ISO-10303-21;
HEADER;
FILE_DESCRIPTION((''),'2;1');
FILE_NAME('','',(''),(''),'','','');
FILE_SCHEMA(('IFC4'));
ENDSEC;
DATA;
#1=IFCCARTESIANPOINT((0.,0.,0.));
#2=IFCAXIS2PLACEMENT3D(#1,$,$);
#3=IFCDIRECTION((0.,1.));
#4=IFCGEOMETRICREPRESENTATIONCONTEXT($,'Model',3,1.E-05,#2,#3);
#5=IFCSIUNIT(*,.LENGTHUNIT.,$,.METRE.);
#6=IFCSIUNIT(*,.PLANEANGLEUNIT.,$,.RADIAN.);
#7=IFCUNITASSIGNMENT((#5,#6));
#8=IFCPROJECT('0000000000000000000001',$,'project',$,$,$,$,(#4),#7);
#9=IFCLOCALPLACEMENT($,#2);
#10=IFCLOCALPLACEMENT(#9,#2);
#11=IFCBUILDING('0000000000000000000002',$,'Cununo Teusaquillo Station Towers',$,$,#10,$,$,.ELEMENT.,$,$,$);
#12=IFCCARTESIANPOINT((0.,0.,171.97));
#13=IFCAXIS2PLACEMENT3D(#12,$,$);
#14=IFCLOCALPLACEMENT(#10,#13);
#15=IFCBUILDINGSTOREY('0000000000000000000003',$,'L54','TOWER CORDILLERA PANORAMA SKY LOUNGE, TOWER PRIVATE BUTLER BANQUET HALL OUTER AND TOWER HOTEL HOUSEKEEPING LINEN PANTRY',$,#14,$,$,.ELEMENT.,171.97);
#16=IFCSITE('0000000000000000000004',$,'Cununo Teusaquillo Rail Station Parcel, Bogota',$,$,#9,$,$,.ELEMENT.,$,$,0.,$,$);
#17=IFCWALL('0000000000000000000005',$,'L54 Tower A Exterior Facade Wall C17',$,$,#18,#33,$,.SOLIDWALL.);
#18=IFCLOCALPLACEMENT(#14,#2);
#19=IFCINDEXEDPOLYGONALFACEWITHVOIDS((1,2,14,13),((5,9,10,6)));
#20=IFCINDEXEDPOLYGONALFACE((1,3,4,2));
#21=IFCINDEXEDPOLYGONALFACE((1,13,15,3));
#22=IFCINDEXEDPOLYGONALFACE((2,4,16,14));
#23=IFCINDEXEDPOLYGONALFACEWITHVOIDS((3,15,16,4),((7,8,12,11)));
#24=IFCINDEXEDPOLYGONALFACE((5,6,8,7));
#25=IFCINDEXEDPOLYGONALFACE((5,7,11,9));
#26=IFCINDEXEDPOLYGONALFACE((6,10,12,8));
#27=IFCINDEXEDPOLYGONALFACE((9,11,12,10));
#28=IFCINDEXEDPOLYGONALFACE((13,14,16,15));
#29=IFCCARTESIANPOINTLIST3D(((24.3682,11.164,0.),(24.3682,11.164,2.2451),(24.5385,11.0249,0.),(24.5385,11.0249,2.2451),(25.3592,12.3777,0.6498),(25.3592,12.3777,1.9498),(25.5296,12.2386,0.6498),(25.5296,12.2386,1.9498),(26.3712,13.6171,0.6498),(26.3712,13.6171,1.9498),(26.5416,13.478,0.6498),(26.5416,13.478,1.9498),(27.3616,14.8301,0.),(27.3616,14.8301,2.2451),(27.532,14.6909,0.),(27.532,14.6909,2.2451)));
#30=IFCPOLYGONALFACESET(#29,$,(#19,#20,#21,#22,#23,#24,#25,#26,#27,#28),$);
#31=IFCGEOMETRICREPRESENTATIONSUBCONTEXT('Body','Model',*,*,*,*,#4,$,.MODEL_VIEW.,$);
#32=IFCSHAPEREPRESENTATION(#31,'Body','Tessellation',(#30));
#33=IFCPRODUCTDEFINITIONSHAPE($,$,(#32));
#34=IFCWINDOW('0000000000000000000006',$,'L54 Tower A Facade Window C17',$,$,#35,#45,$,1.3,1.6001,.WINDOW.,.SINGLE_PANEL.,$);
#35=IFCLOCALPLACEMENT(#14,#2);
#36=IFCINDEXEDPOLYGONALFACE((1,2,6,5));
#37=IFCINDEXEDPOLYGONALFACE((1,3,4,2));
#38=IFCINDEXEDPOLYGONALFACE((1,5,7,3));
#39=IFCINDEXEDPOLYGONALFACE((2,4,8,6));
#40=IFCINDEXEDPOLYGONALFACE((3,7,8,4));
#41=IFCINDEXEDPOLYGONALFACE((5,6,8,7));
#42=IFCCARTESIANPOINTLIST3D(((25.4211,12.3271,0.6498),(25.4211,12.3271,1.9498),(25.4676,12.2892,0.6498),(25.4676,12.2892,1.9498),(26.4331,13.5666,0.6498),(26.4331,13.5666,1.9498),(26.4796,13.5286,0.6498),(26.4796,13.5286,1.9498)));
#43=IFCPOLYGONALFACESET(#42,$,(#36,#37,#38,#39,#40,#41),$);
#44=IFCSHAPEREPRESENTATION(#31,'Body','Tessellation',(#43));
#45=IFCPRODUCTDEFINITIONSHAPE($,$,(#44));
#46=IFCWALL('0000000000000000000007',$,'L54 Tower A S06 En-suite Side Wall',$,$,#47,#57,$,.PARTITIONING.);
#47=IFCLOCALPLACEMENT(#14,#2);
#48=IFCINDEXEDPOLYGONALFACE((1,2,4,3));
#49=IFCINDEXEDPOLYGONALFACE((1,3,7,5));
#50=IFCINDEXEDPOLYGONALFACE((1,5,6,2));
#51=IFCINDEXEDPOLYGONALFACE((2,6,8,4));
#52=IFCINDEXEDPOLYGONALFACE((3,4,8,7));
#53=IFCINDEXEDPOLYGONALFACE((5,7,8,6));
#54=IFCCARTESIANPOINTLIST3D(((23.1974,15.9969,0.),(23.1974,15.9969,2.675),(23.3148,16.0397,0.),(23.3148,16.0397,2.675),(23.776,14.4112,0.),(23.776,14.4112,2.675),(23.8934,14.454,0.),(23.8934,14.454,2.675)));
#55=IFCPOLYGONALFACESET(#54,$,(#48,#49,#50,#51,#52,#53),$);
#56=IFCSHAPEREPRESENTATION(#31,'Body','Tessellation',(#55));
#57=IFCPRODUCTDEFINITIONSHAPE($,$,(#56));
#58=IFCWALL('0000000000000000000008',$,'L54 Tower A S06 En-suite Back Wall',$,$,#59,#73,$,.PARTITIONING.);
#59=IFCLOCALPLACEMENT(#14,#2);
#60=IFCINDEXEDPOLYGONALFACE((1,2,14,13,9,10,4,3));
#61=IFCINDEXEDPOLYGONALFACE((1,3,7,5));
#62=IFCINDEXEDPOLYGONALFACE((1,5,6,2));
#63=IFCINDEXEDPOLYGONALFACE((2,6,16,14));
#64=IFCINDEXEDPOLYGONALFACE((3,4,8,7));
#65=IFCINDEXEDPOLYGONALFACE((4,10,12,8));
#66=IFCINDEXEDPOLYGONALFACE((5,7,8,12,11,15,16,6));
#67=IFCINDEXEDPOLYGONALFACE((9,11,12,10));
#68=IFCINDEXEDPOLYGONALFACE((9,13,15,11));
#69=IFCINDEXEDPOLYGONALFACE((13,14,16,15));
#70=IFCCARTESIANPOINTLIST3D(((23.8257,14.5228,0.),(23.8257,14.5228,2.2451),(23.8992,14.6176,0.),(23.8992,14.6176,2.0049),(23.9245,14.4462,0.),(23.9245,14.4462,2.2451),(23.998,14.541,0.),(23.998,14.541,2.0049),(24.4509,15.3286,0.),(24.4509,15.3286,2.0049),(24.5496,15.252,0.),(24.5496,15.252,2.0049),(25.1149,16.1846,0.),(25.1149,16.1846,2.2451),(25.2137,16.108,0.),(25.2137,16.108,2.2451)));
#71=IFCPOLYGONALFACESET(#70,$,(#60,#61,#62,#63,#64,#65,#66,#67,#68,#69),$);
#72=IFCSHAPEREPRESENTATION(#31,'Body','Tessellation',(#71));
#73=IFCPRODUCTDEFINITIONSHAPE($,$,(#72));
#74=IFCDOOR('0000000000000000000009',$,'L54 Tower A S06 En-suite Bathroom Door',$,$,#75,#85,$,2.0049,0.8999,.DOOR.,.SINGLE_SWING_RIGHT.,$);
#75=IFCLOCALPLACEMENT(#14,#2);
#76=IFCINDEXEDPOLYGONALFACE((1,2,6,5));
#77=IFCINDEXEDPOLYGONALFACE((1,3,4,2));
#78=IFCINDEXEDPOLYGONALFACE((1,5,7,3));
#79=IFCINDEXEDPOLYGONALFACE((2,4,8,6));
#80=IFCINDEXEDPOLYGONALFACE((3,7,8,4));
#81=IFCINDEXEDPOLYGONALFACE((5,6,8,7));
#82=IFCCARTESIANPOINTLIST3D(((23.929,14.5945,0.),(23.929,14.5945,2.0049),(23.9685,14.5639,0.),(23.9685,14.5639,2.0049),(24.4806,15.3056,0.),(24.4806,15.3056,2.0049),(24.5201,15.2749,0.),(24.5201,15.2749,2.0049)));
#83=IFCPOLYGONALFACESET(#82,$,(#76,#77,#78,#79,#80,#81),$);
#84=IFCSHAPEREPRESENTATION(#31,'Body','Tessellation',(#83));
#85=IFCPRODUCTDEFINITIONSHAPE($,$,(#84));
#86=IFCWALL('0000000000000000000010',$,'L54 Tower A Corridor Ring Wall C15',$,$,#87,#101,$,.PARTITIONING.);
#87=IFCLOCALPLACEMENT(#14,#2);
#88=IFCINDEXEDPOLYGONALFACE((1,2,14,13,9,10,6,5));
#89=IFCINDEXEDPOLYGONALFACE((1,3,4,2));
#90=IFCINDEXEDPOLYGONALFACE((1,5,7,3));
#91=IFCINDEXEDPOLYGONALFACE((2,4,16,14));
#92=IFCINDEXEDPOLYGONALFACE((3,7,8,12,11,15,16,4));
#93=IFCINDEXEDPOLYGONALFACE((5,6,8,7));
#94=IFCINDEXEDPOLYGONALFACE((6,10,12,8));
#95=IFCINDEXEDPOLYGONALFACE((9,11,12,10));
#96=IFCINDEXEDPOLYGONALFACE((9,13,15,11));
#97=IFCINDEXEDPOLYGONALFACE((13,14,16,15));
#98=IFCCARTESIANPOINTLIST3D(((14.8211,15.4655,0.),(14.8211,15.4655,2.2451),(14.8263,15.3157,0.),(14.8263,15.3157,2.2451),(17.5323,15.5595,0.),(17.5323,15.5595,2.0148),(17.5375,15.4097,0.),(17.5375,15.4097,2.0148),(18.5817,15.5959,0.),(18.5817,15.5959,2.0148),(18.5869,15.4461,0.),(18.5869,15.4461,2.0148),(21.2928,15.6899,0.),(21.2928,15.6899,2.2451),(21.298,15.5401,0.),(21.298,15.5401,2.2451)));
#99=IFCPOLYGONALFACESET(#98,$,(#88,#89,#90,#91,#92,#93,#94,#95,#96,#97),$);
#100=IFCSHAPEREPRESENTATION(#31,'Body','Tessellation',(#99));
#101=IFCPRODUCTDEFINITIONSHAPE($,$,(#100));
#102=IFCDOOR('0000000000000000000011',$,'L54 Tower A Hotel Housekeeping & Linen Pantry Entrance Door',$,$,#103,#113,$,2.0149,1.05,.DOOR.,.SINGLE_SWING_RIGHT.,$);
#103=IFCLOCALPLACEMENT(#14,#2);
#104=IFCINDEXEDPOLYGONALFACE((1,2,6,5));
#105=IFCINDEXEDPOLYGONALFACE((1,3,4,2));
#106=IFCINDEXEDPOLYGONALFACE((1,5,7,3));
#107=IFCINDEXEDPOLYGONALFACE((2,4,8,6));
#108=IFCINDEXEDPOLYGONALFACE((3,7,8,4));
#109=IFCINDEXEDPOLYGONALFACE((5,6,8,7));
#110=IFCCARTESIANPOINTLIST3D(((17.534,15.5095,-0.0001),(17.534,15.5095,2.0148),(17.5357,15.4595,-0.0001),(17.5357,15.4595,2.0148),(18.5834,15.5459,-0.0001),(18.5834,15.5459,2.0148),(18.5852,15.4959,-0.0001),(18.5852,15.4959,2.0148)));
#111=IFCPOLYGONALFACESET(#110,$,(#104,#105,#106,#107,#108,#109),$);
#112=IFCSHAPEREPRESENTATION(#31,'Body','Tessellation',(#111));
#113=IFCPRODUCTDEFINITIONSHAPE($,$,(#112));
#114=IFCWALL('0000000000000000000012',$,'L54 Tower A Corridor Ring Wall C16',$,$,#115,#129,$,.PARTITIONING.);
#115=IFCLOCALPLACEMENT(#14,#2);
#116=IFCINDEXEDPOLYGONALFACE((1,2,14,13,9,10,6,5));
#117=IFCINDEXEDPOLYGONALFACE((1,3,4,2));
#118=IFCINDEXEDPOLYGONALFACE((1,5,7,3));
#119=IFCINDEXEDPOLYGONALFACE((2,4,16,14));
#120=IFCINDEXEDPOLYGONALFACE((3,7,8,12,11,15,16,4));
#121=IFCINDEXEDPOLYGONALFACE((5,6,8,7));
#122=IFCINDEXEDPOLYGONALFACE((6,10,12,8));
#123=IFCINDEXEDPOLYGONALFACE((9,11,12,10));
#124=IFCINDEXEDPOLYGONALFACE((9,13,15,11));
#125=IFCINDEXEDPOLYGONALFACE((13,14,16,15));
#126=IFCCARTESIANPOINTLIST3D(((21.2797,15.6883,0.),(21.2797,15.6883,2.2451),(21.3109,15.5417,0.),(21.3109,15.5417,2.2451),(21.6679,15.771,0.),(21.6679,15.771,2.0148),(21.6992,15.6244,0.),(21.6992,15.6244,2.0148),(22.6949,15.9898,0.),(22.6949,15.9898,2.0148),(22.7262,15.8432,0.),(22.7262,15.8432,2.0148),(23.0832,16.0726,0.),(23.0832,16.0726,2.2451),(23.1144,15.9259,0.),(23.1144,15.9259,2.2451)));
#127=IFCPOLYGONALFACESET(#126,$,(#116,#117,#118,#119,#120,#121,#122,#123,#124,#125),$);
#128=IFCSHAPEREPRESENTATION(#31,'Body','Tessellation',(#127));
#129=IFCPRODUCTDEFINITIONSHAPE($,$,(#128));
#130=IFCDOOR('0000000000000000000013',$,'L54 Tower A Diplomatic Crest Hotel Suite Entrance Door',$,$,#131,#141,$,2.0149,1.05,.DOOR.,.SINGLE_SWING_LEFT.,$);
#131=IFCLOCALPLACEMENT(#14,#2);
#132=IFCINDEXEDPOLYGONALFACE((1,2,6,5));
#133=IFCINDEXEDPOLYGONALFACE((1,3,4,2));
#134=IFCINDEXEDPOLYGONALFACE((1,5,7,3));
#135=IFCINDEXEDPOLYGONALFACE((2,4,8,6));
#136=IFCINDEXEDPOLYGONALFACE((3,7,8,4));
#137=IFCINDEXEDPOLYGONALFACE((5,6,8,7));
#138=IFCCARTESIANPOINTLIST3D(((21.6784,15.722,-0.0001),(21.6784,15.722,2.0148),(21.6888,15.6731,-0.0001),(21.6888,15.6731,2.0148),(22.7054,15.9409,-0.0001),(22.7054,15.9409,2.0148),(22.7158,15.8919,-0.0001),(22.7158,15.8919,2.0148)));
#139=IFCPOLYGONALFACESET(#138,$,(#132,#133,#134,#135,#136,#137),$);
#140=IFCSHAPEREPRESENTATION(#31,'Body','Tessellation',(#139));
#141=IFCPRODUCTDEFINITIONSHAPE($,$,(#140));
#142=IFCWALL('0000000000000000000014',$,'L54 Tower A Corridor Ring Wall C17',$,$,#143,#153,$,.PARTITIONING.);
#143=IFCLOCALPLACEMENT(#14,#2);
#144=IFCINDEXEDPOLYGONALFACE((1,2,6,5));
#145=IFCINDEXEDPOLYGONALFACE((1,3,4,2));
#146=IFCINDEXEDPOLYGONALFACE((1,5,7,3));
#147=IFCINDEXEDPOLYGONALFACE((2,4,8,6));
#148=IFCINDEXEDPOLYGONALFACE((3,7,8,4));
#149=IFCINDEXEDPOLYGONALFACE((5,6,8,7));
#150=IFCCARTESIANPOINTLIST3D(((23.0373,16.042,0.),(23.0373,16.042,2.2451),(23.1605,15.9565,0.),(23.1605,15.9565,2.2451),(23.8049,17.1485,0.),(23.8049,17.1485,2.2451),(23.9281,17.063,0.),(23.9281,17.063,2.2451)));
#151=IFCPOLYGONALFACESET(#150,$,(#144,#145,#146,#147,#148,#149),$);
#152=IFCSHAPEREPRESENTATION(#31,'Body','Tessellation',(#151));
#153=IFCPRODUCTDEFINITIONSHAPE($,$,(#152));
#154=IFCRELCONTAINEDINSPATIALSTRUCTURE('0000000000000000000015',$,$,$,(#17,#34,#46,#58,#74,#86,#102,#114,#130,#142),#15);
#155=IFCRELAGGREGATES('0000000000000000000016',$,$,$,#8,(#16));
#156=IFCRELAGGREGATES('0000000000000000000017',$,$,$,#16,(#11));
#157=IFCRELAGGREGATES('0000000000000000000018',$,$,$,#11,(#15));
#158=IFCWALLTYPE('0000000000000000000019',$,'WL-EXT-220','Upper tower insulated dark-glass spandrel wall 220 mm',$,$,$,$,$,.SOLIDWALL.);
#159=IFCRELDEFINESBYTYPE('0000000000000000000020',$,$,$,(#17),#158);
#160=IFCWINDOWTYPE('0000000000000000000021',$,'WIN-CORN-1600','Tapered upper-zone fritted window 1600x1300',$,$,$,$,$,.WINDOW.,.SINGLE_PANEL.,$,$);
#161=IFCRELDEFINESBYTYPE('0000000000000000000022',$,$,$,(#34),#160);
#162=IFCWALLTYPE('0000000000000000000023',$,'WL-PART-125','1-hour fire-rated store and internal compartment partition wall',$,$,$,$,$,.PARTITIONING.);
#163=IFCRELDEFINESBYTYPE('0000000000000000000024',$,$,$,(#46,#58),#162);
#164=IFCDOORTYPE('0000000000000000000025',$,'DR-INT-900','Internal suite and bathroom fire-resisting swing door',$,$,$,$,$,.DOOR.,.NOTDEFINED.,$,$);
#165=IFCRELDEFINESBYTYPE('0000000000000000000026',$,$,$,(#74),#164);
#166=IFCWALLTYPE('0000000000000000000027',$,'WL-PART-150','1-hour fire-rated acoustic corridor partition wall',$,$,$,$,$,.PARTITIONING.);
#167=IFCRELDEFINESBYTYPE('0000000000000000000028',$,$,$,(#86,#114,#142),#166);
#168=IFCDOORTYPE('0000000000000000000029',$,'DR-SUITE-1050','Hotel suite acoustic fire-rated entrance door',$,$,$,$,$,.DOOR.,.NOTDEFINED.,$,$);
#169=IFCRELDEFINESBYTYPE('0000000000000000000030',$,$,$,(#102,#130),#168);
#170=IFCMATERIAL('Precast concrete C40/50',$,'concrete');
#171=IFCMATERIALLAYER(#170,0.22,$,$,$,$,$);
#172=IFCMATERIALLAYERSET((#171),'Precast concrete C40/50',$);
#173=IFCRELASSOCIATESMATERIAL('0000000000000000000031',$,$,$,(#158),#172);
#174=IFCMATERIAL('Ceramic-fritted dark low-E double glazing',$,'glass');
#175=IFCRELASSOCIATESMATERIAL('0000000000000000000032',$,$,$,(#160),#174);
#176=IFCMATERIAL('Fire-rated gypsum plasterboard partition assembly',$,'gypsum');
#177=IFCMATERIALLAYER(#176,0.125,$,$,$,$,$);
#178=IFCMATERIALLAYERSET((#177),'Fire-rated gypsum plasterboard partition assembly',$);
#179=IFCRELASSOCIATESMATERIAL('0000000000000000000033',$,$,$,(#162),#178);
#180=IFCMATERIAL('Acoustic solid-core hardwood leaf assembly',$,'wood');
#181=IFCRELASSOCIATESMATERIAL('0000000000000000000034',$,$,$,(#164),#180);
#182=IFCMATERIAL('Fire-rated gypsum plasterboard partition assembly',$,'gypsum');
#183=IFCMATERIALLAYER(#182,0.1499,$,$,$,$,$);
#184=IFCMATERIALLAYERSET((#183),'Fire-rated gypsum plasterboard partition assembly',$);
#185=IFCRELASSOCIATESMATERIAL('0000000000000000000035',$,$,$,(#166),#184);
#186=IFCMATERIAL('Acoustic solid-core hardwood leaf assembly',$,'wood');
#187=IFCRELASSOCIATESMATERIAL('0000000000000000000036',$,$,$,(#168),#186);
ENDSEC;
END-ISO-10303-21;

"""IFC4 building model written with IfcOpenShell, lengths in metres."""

from ifc_helpers import new_model, si_unit, direction, frame, frame_2d, origin, place, context, subcontext, project, spatial, rectangle, extrude, source, transform, mapped, material, layer, layer_set, type_object, element, fill, save


model = new_model("IFC4")

# Units and contexts
model_context = context("Model", 3, precision=1e-05, world=origin(), true_north=direction((0.0, 1.0)))
body_context = subcontext(model_context, "Body", "Model", "MODEL_VIEW")
ifc_project = project(units=[si_unit("LENGTHUNIT", "METRE"), si_unit("PLANEANGLEUNIT", "RADIAN")], contexts=[model_context])

# Site, building, storey
site_placement = place(None, origin())
site = spatial("IfcSite", under=ifc_project, at=site_placement, Name="Cununo Teusaquillo Rail Station Parcel, Bogota", CompositionType="ELEMENT", RefElevation=0.0)
building_placement = place(site_placement, origin())
building = spatial("IfcBuilding", under=site, at=building_placement, Name="Cununo Teusaquillo Station Towers", CompositionType="ELEMENT")
storey_placement = place(building_placement, frame((0.0, 0.0, 171.97)))
storey = spatial("IfcBuildingStorey", under=building, at=storey_placement, Name="L54", Description="TOWER CORDILLERA PANORAMA SKY LOUNGE, TOWER PRIVATE BUTLER BANQUET HALL OUTER AND TOWER HOTEL HOUSEKEEPING LINEN PANTRY", CompositionType="ELEMENT", Elevation=171.97)

# Shared definitions
ifc_material_1 = material(Name="Precast concrete C40/50", Category="concrete")
ifc_layer_1 = layer(ifc_material_1, 0.22)
ifc_layer_set_1 = layer_set([ifc_layer_1], Name="Precast concrete C40/50")
wall_type_1 = type_object("IfcWallType", Name="WL-EXT-220", Description="Upper tower insulated dark-glass spandrel wall 220 mm", PredefinedType="SOLIDWALL", material=ifc_layer_set_1)

# Shared definitions
shared_shape_1 = source(origin(), body_context, "Body", "SweptSolid", [
    extrude(rectangle(XDim=1.6001, YDim=1.3, at=frame_2d((0.8, 0.6499))), frame((0.0, 0.1199, 0.0), z_axis=(0.0, -1.0, 0.0), x_axis=(1.0, 0.0, 0.0)), (0.0, 0.0, 1.0), 0.24),
])
ifc_material_2 = material(Name="Ceramic-fritted dark low-E double glazing", Category="glass")
window_type = type_object("IfcWindowType", Name="WIN-CORN-1600", Description="Tapered upper-zone fritted window 1600x1300", PartitioningType="SINGLE_PANEL", PredefinedType="WINDOW", material=ifc_material_2)
shared_shape_2 = source(origin(), body_context, "Body", "SweptSolid", [
    extrude(rectangle(XDim=1.6001, YDim=1.3, at=frame_2d((0.8, 0.6499))), frame((0.0, 0.03, 0.0), z_axis=(0.0, -1.0, 0.0), x_axis=(1.0, 0.0, 0.0)), (0.0, 0.0, 1.0), 0.0601),
])

# Wall, opening, window
wall_1_placement = place(storey_placement, frame((27.4468, 14.7605, 0.0), z_axis=(0.0, 0.0, 1.0), x_axis=(-0.632471, -0.774584, 0.0)))
wall_1 = element("IfcWall", 1, at=wall_1_placement, inside=storey, type_object=wall_type_1, Name="L54 Tower A Exterior Facade Wall C17", PredefinedType="SOLIDWALL", context=body_context, shape_type="SweptSolid", body=[
    extrude(rectangle(XDim=4.7329, YDim=0.22, at=frame_2d((2.3665, 0.0))), origin(), (0.0, 0.0, 1.0), 2.2451),
])
opening_1_placement = place(wall_1_placement, frame((1.5659, 0.0, 0.6499)))
opening_1 = element("IfcOpeningElement", 2, at=opening_1_placement, cuts=wall_1, PredefinedType="OPENING", context=body_context, shape_type="MappedRepresentation", body=[
    mapped(shared_shape_1, transform((0.0, 0.0, 0.0), x_axis=(1.0, 0.0, 0.0), y_axis=(0.0, 1.0, 0.0), z_axis=(0.0, 0.0, 1.0), scale=1.0)),
])
window_1_placement = place(opening_1_placement, origin())
window_1 = element("IfcWindow", 3, at=window_1_placement, inside=storey, type_object=window_type, Name="L54 Tower A Facade Window C17", OverallHeight=1.3, OverallWidth=1.6001, PartitioningType="SINGLE_PANEL", PredefinedType="WINDOW", context=body_context, shape_type="MappedRepresentation", body=[
    mapped(shared_shape_2, transform((0.0, 0.0, 0.0), x_axis=(1.0, 0.0, 0.0), y_axis=(0.0, 1.0, 0.0), z_axis=(0.0, 0.0, 1.0), scale=1.0)),
])
fill(opening_1, window_1)

# Wall
ifc_material_3 = material(Name="Fire-rated gypsum plasterboard partition assembly", Category="gypsum")
ifc_layer_2 = layer(ifc_material_3, 0.125)
ifc_layer_set_2 = layer_set([ifc_layer_2], Name="Fire-rated gypsum plasterboard partition assembly")
wall_type_2 = type_object("IfcWallType", Name="WL-PART-125", Description="1-hour fire-rated store and internal compartment partition wall", PredefinedType="PARTITIONING", material=ifc_layer_set_2)
wall_2_placement = place(storey_placement, frame((23.2561, 16.0183, 0.0), z_axis=(0.0, 0.0, 1.0), x_axis=(0.342788, -0.939413, 0.0)))
element("IfcWall", 4, at=wall_2_placement, inside=storey, type_object=wall_type_2, Name="L54 Tower A S06 En-suite Side Wall", PredefinedType="PARTITIONING", context=body_context, shape_type="SweptSolid", body=[
    extrude(rectangle(XDim=1.688, YDim=0.125, at=frame_2d((0.844, 0.0))), origin(), (0.0, 0.0, 1.0), 2.675),
])

# Walls, openings, doors
wall_3_placement = place(storey_placement, frame((23.875, 14.4844, 0.0), z_axis=(0.0, 0.0, 1.0), x_axis=(0.612976, 0.790102, 0.0)))
wall_3 = element("IfcWall", 5, at=wall_3_placement, inside=storey, type_object=wall_type_2, Name="L54 Tower A S06 En-suite Back Wall", PredefinedType="PARTITIONING", context=body_context, shape_type="SweptSolid", body=[
    extrude(rectangle(XDim=2.1033, YDim=0.125, at=frame_2d((1.0518, 0.0))), origin(), (0.0, 0.0, 1.0), 2.2451),
])
shared_shape_3 = source(origin(), body_context, "Body", "SweptSolid", [
    extrude(rectangle(XDim=0.8999, YDim=2.0049, at=frame_2d((0.45, 1.0024))), frame((0.0, 0.0725, 0.0), z_axis=(0.0, -1.0, 0.0), x_axis=(1.0, 0.0, 0.0)), (0.0, 0.0, 1.0), 0.145),
])
opening_2_placement = place(wall_3_placement, frame((0.1201, 0.0, 0.0)))
opening_2 = element("IfcOpeningElement", 6, at=opening_2_placement, cuts=wall_3, PredefinedType="OPENING", context=body_context, shape_type="MappedRepresentation", body=[
    mapped(shared_shape_3, transform((0.0, 0.0, 0.0), x_axis=(1.0, 0.0, 0.0), y_axis=(0.0, 1.0, 0.0), z_axis=(0.0, 0.0, 1.0), scale=1.0)),
])
ifc_material_4 = material(Name="Acoustic solid-core hardwood leaf assembly", Category="wood")
door_type_1 = type_object("IfcDoorType", Name="DR-INT-900", Description="Internal suite and bathroom fire-resisting swing door", OperationType="NOTDEFINED", PredefinedType="DOOR", material=ifc_material_4)
shared_shape_4 = source(origin(), body_context, "Body", "SweptSolid", [
    extrude(rectangle(XDim=0.8999, YDim=2.0049, at=frame_2d((0.45, 1.0024))), frame((0.0, 0.0249, 0.0), z_axis=(0.0, -1.0, 0.0), x_axis=(1.0, 0.0, 0.0)), (0.0, 0.0, 1.0), 0.05),
])
door_1_placement = place(opening_2_placement, origin())
door_1 = element("IfcDoor", 7, at=door_1_placement, inside=storey, type_object=door_type_1, Name="L54 Tower A S06 En-suite Bathroom Door", OperationType="SINGLE_SWING_RIGHT", OverallHeight=2.0049, OverallWidth=0.8999, PredefinedType="DOOR", context=body_context, shape_type="MappedRepresentation", body=[
    mapped(shared_shape_4, transform((0.0, 0.0, 0.0), x_axis=(1.0, 0.0, 0.0), y_axis=(0.0, 1.0, 0.0), z_axis=(0.0, 0.0, 1.0), scale=1.0)),
])
fill(opening_2, door_1)
ifc_material_5 = material(Name="Fire-rated gypsum plasterboard partition assembly", Category="gypsum")
ifc_layer_3 = layer(ifc_material_5, 0.1499)
ifc_layer_set_3 = layer_set([ifc_layer_3], Name="Fire-rated gypsum plasterboard partition assembly")
wall_type_3 = type_object("IfcWallType", Name="WL-PART-150", Description="1-hour fire-rated acoustic corridor partition wall", PredefinedType="PARTITIONING", material=ifc_layer_set_3)
wall_4_placement = place(storey_placement, frame((14.8237, 15.3906, 0.0), z_axis=(0.0, 0.0, 1.0), x_axis=(0.9994, 0.034648, 0.0)))
wall_4 = element("IfcWall", 8, at=wall_4_placement, inside=storey, type_object=wall_type_3, Name="L54 Tower A Corridor Ring Wall C15", PredefinedType="PARTITIONING", context=body_context, shape_type="SweptSolid", body=[
    extrude(rectangle(XDim=6.4756, YDim=0.1499, at=frame_2d((3.2378, 0.0))), origin(), (0.0, 0.0, 1.0), 2.2451),
])
shared_shape_5 = source(origin(), body_context, "Body", "SweptSolid", [
    extrude(rectangle(XDim=1.05, YDim=2.0149, at=frame_2d((0.5249, 1.0073))), frame((0.0, 0.085, 0.0), z_axis=(0.0, -1.0, 0.0), x_axis=(1.0, 0.0, 0.0)), (0.0, 0.0, 1.0), 0.1699),
])
opening_3_placement = place(wall_4_placement, frame((2.7129, 0.0, 0.0)))
opening_3 = element("IfcOpeningElement", 9, at=opening_3_placement, cuts=wall_4, PredefinedType="OPENING", context=body_context, shape_type="MappedRepresentation", body=[
    mapped(shared_shape_5, transform((0.0, 0.0, 0.0), x_axis=(1.0, 0.0, 0.0), y_axis=(0.0, 1.0, 0.0), z_axis=(0.0, 0.0, 1.0), scale=1.0)),
])
ifc_material_6 = material(Name="Acoustic solid-core hardwood leaf assembly", Category="wood")
door_type_2 = type_object("IfcDoorType", Name="DR-SUITE-1050", Description="Hotel suite acoustic fire-rated entrance door", OperationType="NOTDEFINED", PredefinedType="DOOR", material=ifc_material_6)
shared_shape_6 = source(origin(), body_context, "Body", "SweptSolid", [
    extrude(rectangle(XDim=1.05, YDim=2.0149, at=frame_2d((0.5249, 1.0073))), frame((0.0, 0.0249, 0.0), z_axis=(0.0, -1.0, 0.0), x_axis=(1.0, 0.0, 0.0)), (0.0, 0.0, 1.0), 0.05),
])
door_2_placement = place(opening_3_placement, origin())
door_2 = element("IfcDoor", 10, at=door_2_placement, inside=storey, type_object=door_type_2, Name="L54 Tower A Hotel Housekeeping & Linen Pantry Entrance Door", OperationType="SINGLE_SWING_RIGHT", OverallHeight=2.0149, OverallWidth=1.05, PredefinedType="DOOR", context=body_context, shape_type="MappedRepresentation", body=[
    mapped(shared_shape_6, transform((0.0, 0.0, 0.0), x_axis=(1.0, 0.0, 0.0), y_axis=(0.0, 1.0, 0.0), z_axis=(0.0, 0.0, 1.0), scale=1.0)),
])
fill(opening_3, door_2)
wall_5_placement = place(storey_placement, frame((21.2954, 15.615, 0.0), z_axis=(0.0, 0.0, 1.0), x_axis=(0.978044, 0.208399, 0.0)))
wall_5 = element("IfcWall", 11, at=wall_5_placement, inside=storey, type_object=wall_type_3, Name="L54 Tower A Corridor Ring Wall C16", PredefinedType="PARTITIONING", context=body_context, shape_type="SweptSolid", body=[
    extrude(rectangle(XDim=1.844, YDim=0.1499, at=frame_2d((0.9219, 0.0))), origin(), (0.0, 0.0, 1.0), 2.2451),
])
opening_4_placement = place(wall_5_placement, frame((0.397, 0.0, 0.0)))
opening_4 = element("IfcOpeningElement", 12, at=opening_4_placement, cuts=wall_5, PredefinedType="OPENING", context=body_context, shape_type="MappedRepresentation", body=[
    mapped(shared_shape_5, transform((0.0, 0.0, 0.0), x_axis=(1.0, 0.0, 0.0), y_axis=(0.0, 1.0, 0.0), z_axis=(0.0, 0.0, 1.0), scale=1.0)),
])
door_3_placement = place(opening_4_placement, origin())
door_3 = element("IfcDoor", 13, at=door_3_placement, inside=storey, type_object=door_type_2, Name="L54 Tower A Diplomatic Crest Hotel Suite Entrance Door", OperationType="SINGLE_SWING_LEFT", OverallHeight=2.0149, OverallWidth=1.05, PredefinedType="DOOR", context=body_context, shape_type="MappedRepresentation", body=[
    mapped(shared_shape_6, transform((0.0, 0.0, 0.0), x_axis=(1.0, 0.0, 0.0), y_axis=(0.0, 1.0, 0.0), z_axis=(0.0, 0.0, 1.0), scale=1.0)),
])
fill(opening_4, door_3)

# Wall
wall_6_placement = place(storey_placement, frame((23.0989, 15.9993, 0.0), z_axis=(0.0, 0.0, 1.0), x_axis=(0.570002, 0.821644, 0.0)))
element("IfcWall", 14, at=wall_6_placement, inside=storey, type_object=wall_type_3, Name="L54 Tower A Corridor Ring Wall C17", PredefinedType="PARTITIONING", context=body_context, shape_type="SweptSolid", body=[
    extrude(rectangle(XDim=1.3467, YDim=0.1499, at=frame_2d((0.6733, 0.0))), origin(), (0.0, 0.0, 1.0), 2.2451),
])

save(model, "model.ifc")
